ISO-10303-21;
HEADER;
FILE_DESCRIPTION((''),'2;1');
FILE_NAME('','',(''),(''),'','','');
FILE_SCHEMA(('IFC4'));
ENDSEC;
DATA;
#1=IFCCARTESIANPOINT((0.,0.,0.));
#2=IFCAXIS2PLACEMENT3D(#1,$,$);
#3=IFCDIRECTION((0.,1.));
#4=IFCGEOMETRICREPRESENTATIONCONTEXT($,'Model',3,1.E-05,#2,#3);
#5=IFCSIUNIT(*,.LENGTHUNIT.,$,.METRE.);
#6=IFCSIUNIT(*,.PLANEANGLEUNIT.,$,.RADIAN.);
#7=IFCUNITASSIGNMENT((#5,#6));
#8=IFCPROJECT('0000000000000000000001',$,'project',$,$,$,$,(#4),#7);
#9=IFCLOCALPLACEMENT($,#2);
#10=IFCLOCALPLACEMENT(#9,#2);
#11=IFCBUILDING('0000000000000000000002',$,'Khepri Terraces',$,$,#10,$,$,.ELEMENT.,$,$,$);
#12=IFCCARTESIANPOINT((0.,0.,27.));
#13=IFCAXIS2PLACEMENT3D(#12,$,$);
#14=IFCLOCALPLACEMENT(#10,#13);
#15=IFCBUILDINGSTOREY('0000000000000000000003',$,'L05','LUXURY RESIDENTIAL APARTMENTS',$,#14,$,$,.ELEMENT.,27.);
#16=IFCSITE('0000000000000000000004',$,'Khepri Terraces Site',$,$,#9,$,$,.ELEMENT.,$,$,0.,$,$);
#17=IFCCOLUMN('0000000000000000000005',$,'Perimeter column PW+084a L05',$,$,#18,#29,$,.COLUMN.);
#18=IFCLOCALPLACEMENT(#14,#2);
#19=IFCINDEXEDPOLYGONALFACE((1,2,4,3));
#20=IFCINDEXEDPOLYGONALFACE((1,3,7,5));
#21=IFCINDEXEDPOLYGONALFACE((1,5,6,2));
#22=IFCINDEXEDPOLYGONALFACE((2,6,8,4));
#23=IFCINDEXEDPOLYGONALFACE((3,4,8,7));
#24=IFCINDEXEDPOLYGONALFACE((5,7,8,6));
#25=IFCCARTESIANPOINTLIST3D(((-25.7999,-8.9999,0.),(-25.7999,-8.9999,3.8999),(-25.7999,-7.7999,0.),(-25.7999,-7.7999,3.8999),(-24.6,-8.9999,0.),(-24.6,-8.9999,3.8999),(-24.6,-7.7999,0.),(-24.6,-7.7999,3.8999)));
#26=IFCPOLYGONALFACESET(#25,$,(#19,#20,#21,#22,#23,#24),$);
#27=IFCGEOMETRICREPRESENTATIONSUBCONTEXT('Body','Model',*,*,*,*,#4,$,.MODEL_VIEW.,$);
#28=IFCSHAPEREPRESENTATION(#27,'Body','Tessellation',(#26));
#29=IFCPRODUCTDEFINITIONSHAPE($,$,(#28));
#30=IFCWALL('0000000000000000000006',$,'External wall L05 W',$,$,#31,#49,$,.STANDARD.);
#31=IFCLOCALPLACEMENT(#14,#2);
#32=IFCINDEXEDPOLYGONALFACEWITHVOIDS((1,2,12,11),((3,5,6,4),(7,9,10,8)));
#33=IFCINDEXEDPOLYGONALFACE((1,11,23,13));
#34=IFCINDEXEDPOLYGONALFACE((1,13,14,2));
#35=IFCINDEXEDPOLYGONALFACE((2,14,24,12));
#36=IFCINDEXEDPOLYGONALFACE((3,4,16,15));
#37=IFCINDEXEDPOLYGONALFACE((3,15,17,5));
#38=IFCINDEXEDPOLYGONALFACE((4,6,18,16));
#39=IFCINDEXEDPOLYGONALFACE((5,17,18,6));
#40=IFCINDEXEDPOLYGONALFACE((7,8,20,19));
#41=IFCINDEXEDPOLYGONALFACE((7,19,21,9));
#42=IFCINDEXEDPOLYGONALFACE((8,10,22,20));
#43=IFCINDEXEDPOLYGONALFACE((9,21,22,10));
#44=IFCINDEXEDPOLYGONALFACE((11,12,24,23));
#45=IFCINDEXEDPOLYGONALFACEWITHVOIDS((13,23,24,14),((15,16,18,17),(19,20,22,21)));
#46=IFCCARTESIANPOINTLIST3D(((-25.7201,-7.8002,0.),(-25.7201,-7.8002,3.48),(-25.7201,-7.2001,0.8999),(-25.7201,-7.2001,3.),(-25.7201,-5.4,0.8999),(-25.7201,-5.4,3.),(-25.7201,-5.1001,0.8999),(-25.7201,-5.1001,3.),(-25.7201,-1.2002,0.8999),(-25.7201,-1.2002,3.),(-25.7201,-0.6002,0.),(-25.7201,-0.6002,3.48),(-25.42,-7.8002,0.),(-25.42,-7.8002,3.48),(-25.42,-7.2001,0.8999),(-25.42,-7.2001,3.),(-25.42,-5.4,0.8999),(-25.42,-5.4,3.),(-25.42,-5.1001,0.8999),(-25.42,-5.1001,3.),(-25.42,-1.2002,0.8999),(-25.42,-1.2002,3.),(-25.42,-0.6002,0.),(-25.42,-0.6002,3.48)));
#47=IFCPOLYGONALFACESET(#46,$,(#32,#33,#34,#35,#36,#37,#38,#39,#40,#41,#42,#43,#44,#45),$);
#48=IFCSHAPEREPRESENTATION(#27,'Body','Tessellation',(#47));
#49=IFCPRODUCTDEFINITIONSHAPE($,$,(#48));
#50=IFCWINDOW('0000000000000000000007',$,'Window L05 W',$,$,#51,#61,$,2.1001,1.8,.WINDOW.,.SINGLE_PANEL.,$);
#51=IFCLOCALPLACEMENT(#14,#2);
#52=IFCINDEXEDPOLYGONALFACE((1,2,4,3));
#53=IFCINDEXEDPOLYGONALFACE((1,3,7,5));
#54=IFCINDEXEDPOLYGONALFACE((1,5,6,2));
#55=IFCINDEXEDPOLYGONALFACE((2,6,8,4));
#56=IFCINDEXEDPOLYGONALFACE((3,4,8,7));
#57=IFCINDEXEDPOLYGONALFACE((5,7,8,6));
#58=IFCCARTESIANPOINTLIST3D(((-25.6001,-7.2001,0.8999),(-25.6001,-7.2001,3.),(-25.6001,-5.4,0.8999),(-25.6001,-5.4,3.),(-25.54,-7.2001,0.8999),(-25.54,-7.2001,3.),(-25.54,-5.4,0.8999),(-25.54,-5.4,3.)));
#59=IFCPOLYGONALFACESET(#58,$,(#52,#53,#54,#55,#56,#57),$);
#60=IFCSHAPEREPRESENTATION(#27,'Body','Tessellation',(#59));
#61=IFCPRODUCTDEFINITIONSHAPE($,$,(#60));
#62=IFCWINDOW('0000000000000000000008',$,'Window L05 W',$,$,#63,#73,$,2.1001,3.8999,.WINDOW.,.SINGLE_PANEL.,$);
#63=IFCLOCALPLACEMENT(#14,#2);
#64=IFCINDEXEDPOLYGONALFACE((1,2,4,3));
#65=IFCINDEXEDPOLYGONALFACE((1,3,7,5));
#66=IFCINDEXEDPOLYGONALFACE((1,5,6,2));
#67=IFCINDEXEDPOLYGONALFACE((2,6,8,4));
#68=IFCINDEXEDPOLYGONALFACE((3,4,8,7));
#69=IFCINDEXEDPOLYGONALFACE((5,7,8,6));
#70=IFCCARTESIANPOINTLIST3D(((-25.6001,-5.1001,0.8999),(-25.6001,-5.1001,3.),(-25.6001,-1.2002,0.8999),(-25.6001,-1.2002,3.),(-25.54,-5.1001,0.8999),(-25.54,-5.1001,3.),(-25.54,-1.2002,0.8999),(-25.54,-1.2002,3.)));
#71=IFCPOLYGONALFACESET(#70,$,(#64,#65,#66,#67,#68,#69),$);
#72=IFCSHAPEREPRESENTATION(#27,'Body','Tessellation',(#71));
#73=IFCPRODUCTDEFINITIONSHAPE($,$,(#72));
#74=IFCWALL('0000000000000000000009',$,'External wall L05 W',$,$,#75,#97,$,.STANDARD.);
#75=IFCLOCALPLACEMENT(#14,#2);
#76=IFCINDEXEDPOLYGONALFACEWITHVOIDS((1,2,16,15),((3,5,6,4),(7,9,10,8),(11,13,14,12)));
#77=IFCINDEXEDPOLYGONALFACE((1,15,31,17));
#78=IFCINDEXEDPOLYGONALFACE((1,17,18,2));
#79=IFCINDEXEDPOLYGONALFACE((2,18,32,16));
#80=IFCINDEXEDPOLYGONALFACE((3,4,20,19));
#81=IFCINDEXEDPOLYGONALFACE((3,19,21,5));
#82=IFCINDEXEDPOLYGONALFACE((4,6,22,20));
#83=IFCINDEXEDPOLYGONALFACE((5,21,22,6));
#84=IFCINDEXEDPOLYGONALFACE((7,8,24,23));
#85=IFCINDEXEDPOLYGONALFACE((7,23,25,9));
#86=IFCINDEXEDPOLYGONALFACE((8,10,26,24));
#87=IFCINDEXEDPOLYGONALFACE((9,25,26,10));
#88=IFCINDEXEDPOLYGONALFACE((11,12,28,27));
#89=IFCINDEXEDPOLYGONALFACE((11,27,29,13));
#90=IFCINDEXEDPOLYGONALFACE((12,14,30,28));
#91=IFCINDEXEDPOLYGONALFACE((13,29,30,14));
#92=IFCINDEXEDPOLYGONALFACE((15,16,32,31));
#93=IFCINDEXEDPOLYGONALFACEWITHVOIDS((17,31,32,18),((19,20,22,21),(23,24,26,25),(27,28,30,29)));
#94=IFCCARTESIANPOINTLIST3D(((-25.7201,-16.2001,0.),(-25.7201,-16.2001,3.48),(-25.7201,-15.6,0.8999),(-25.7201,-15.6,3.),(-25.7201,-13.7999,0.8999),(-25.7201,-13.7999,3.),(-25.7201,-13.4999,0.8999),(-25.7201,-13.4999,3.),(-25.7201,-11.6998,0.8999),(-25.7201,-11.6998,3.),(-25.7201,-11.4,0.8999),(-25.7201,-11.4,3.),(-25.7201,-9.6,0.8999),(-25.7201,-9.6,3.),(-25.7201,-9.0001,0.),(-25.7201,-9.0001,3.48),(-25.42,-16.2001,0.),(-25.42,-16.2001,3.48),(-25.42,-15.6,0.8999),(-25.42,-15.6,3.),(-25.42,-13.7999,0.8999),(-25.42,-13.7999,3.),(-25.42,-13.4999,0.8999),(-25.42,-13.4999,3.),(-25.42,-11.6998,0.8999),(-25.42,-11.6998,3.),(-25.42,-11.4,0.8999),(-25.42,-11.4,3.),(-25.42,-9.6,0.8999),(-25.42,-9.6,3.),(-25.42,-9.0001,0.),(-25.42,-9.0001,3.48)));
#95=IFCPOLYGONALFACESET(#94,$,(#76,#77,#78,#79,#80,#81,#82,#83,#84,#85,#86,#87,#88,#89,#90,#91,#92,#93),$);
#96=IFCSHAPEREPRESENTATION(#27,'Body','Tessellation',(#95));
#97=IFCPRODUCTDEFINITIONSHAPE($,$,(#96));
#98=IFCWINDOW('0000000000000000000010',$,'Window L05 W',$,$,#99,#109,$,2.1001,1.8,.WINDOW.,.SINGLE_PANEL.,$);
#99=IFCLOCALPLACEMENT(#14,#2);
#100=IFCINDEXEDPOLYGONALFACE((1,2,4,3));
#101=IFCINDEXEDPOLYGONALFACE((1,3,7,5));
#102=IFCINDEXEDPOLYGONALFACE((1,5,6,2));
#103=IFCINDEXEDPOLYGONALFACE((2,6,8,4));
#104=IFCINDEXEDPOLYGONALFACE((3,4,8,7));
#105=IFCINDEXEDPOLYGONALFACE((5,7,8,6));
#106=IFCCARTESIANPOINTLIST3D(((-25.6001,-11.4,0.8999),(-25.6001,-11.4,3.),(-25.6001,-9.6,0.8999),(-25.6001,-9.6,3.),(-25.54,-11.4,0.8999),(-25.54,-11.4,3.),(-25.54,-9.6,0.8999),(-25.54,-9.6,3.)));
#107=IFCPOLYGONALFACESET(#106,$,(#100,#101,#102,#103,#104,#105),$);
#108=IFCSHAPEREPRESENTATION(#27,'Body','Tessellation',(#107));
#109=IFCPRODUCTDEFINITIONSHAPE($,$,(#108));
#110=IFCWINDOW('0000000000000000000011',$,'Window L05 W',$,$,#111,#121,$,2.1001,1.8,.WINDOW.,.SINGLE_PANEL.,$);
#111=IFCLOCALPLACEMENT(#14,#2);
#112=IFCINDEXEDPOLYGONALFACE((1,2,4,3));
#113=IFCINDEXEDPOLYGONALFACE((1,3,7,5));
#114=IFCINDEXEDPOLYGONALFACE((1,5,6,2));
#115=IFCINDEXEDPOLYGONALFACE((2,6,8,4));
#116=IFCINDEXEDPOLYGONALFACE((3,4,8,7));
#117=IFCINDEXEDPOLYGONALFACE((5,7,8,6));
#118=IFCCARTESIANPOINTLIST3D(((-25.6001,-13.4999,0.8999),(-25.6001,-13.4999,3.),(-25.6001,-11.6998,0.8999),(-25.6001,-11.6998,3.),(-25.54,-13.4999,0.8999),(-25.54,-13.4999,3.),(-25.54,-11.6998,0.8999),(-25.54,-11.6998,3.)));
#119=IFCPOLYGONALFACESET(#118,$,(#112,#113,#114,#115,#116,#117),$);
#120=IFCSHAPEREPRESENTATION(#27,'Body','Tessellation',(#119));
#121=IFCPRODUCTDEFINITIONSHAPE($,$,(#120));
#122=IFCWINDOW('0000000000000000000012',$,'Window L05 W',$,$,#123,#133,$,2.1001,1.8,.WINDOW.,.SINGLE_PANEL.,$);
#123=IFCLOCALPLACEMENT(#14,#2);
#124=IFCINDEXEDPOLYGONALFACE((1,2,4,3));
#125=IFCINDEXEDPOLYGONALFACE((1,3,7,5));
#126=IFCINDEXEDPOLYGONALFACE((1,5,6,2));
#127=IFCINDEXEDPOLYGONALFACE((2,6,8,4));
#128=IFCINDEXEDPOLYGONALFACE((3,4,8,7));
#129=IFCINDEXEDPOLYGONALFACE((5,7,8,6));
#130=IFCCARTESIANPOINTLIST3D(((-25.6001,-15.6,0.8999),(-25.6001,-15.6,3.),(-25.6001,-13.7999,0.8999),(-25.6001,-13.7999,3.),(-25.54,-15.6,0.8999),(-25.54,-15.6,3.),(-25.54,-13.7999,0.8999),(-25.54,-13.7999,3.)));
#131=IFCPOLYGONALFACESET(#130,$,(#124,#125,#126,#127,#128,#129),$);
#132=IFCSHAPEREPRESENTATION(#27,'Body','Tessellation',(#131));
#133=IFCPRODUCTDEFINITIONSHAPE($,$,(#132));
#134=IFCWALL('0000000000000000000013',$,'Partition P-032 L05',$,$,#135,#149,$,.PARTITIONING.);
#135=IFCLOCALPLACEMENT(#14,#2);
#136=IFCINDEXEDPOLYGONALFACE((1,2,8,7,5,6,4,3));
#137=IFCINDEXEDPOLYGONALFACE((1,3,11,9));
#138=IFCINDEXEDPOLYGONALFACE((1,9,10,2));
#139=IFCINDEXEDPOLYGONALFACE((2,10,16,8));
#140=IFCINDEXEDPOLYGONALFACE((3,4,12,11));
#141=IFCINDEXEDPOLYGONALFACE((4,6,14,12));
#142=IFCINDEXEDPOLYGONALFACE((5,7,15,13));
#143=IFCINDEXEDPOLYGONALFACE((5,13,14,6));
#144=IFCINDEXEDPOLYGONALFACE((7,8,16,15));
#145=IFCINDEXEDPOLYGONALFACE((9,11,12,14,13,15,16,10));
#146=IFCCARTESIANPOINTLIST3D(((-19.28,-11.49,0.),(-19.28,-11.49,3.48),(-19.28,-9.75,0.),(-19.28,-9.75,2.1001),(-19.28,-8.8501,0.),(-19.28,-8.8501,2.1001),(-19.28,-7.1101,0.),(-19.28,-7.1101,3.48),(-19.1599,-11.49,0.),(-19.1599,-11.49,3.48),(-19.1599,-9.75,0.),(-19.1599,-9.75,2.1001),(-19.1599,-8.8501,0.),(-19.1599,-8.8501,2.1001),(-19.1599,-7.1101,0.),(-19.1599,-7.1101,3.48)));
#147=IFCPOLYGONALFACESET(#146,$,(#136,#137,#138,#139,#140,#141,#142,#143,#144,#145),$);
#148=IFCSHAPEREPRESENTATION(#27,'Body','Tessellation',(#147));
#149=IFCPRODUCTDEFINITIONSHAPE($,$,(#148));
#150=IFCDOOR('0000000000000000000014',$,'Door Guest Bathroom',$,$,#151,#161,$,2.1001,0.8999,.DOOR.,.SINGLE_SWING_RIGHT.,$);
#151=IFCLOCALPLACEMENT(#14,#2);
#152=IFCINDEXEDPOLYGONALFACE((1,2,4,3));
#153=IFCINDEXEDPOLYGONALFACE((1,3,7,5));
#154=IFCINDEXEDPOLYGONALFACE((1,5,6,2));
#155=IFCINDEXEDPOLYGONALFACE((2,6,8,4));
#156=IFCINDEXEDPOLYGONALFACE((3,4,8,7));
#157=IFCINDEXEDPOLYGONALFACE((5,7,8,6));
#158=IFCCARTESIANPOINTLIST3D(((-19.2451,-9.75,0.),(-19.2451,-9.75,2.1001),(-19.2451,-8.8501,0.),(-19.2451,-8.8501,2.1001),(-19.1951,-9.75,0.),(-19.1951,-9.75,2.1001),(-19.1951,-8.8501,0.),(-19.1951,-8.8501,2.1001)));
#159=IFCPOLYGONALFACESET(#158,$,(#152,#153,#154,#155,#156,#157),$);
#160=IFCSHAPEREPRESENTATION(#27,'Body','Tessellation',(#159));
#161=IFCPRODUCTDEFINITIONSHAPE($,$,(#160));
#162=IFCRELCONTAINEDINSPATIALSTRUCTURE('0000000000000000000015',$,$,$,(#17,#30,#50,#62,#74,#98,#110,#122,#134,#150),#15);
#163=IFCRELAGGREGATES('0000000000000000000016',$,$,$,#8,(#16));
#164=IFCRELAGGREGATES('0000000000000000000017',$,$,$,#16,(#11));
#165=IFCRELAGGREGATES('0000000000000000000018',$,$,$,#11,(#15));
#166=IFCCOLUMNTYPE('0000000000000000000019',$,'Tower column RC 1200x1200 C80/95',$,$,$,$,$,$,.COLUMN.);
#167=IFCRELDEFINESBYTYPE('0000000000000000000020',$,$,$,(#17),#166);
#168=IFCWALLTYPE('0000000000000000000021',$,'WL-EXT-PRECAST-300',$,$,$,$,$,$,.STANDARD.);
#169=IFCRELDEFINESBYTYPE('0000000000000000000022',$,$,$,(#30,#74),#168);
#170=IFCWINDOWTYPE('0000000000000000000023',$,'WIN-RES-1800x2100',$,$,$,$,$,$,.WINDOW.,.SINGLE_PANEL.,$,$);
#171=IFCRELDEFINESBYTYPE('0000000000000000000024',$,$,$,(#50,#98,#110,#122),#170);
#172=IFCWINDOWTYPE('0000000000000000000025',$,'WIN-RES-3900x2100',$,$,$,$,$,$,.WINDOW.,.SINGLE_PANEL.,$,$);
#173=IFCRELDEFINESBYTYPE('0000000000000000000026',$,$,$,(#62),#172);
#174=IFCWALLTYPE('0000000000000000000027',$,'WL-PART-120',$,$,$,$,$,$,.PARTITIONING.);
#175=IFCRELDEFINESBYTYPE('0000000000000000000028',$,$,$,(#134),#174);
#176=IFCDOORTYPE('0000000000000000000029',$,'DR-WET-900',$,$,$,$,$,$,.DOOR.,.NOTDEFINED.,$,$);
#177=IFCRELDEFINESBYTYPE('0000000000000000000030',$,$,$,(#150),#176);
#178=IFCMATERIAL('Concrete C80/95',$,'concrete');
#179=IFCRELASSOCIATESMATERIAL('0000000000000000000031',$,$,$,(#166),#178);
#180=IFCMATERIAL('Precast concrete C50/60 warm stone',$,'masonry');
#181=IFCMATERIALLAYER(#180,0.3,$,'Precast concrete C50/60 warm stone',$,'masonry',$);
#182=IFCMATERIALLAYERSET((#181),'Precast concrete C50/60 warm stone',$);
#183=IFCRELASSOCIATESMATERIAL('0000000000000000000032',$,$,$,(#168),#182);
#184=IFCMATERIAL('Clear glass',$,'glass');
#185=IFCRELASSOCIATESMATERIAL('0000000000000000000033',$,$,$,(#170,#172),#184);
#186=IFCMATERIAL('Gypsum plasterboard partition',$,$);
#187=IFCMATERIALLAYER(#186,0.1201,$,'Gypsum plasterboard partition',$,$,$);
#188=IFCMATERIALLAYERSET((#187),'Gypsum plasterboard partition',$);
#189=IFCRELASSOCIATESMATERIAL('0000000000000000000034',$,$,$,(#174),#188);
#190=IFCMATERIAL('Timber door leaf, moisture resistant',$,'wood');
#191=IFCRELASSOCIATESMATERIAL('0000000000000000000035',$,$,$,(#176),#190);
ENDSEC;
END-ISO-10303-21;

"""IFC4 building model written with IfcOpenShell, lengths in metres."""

from ifc_helpers import new_model, si_unit, direction, frame, frame_2d, origin, origin_2d, place, context, subcontext, project, spatial, rectangle, extrude, material, layer, layer_set, material_profile, profile_set, type_object, element, fill, save


model = new_model("IFC4")

# Units and contexts
model_context = context("Model", 3, precision=1e-05, world=origin(), true_north=direction((0.0, 1.0)))
body_context = subcontext(model_context, "Body", "Model", "MODEL_VIEW")
ifc_project = project(units=[si_unit("LENGTHUNIT", "METRE"), si_unit("PLANEANGLEUNIT", "RADIAN")], contexts=[model_context])

# Site, building, storey
site_placement = place(None, origin())
site = spatial("IfcSite", under=ifc_project, at=site_placement, Name="Khepri Terraces Site", CompositionType="ELEMENT", RefElevation=0.0)
building_placement = place(site_placement, origin())
building = spatial("IfcBuilding", under=site, at=building_placement, Name="Khepri Terraces", CompositionType="ELEMENT")
storey_placement = place(building_placement, frame((0.0, 0.0, 27.0)))
storey = spatial("IfcBuildingStorey", under=building, at=storey_placement, Name="L05", Description="LUXURY RESIDENTIAL APARTMENTS", CompositionType="ELEMENT", Elevation=27.0)

# Column
ifc_material_1 = material(Name="Concrete C80/95", Category="concrete")
ifc_material_profile = material_profile(ifc_material_1, rectangle(XDim=1.2, YDim=1.2, at=origin_2d()), Name="Concrete C80/95", Category="concrete")
ifc_profile_set = profile_set([ifc_material_profile], Name="Concrete C80/95")
column_type = type_object("IfcColumnType", Name="Tower column RC 1200x1200 C80/95", PredefinedType="COLUMN", material=ifc_profile_set)
column_placement = place(storey_placement, frame((-25.2, -8.3999, 0.0), z_axis=(0.0, 0.0, 1.0), x_axis=(1.0, 0.0, 0.0)))
element("IfcColumn", 1, at=column_placement, inside=storey, type_object=column_type, Name="Perimeter column PW+084a L05", PredefinedType="COLUMN", context=body_context, shape_type="SweptSolid", body=[
    extrude(rectangle(XDim=1.2, YDim=1.2, at=origin_2d()), origin(), (0.0, 0.0, 1.0), 3.8999),
])

# Walls, openings, windows
ifc_material_2 = material(Name="Precast concrete C50/60 warm stone", Category="masonry")
ifc_layer_1 = layer(ifc_material_2, 0.3, Name="Precast concrete C50/60 warm stone", Category="masonry")
ifc_layer_set_1 = layer_set([ifc_layer_1], Name="Precast concrete C50/60 warm stone")
wall_type_1 = type_object("IfcWallType", Name="WL-EXT-PRECAST-300", PredefinedType="STANDARD", material=ifc_layer_set_1)
wall_1_placement = place(storey_placement, frame((-25.5701, -0.6001, 0.0), z_axis=(0.0, 0.0, 1.0), x_axis=(0.0, -1.0, 0.0)))
wall_1 = element("IfcWall", 2, at=wall_1_placement, inside=storey, type_object=wall_type_1, Name="External wall L05 W", PredefinedType="STANDARD", context=body_context, shape_type="SweptSolid", body=[
    extrude(rectangle(XDim=7.2, YDim=0.3, at=frame_2d((3.6001, 0.0))), origin(), (0.0, 0.0, 1.0), 3.48),
])
opening_1_placement = place(wall_1_placement, frame((0.6001, 0.0, 0.8999)))
opening_1 = element("IfcOpeningElement", 3, at=opening_1_placement, cuts=wall_1, PredefinedType="OPENING", context=body_context, shape_type="SweptSolid", body=[
    extrude(rectangle(XDim=3.8999, YDim=2.1001, at=frame_2d((1.95, 1.05))), frame((0.0, 0.1602, 0.0), z_axis=(0.0, -1.0, 0.0), x_axis=(1.0, 0.0, 0.0)), (0.0, 0.0, 1.0), 0.3201),
])
opening_2_placement = place(wall_1_placement, frame((4.8, 0.0, 0.8999)))
opening_2 = element("IfcOpeningElement", 4, at=opening_2_placement, cuts=wall_1, PredefinedType="OPENING", context=body_context, shape_type="SweptSolid", body=[
    extrude(rectangle(XDim=1.8, YDim=2.1001, at=frame_2d((0.8999, 1.05))), frame((0.0, 0.1602, 0.0), z_axis=(0.0, -1.0, 0.0), x_axis=(1.0, 0.0, 0.0)), (0.0, 0.0, 1.0), 0.3201),
])
ifc_material_3 = material(Name="Clear glass", Category="glass")
window_type_1 = type_object("IfcWindowType", Name="WIN-RES-1800x2100", PartitioningType="SINGLE_PANEL", PredefinedType="WINDOW", material=ifc_material_3)
window_1_placement = place(opening_2_placement, origin())
window_1 = element("IfcWindow", 5, at=window_1_placement, inside=storey, type_object=window_type_1, Name="Window L05 W", OverallHeight=2.1001, OverallWidth=1.8, PartitioningType="SINGLE_PANEL", PredefinedType="WINDOW", context=body_context, shape_type="SweptSolid", body=[
    extrude(rectangle(XDim=1.8, YDim=2.1001, at=frame_2d((0.8999, 1.05))), frame((0.0, 0.03, 0.0), z_axis=(0.0, -1.0, 0.0), x_axis=(1.0, 0.0, 0.0)), (0.0, 0.0, 1.0), 0.0601),
])
fill(opening_2, window_1)
window_type_2 = type_object("IfcWindowType", Name="WIN-RES-3900x2100", PartitioningType="SINGLE_PANEL", PredefinedType="WINDOW", material=ifc_material_3)
window_2_placement = place(opening_1_placement, origin())
window_2 = element("IfcWindow", 6, at=window_2_placement, inside=storey, type_object=window_type_2, Name="Window L05 W", OverallHeight=2.1001, OverallWidth=3.8999, PartitioningType="SINGLE_PANEL", PredefinedType="WINDOW", context=body_context, shape_type="SweptSolid", body=[
    extrude(rectangle(XDim=3.8999, YDim=2.1001, at=frame_2d((1.95, 1.05))), frame((0.0, 0.03, 0.0), z_axis=(0.0, -1.0, 0.0), x_axis=(1.0, 0.0, 0.0)), (0.0, 0.0, 1.0), 0.0601),
])
fill(opening_1, window_2)
wall_2_placement = place(storey_placement, frame((-25.5701, -9.0, 0.0), z_axis=(0.0, 0.0, 1.0), x_axis=(0.0, -1.0, 0.0)))
wall_2 = element("IfcWall", 7, at=wall_2_placement, inside=storey, type_object=wall_type_1, Name="External wall L05 W", PredefinedType="STANDARD", context=body_context, shape_type="SweptSolid", body=[
    extrude(rectangle(XDim=7.2, YDim=0.3, at=frame_2d((3.6001, 0.0))), origin(), (0.0, 0.0, 1.0), 3.48),
])
opening_3_placement = place(wall_2_placement, frame((0.6001, 0.0, 0.8999)))
opening_3 = element("IfcOpeningElement", 8, at=opening_3_placement, cuts=wall_2, PredefinedType="OPENING", context=body_context, shape_type="SweptSolid", body=[
    extrude(rectangle(XDim=1.8, YDim=2.1001, at=frame_2d((0.8999, 1.05))), frame((0.0, 0.1602, 0.0), z_axis=(0.0, -1.0, 0.0), x_axis=(1.0, 0.0, 0.0)), (0.0, 0.0, 1.0), 0.3201),
])
opening_4_placement = place(wall_2_placement, frame((2.7, 0.0, 0.8999)))
opening_4 = element("IfcOpeningElement", 9, at=opening_4_placement, cuts=wall_2, PredefinedType="OPENING", context=body_context, shape_type="SweptSolid", body=[
    extrude(rectangle(XDim=1.8, YDim=2.1001, at=frame_2d((0.8999, 1.05))), frame((0.0, 0.1602, 0.0), z_axis=(0.0, -1.0, 0.0), x_axis=(1.0, 0.0, 0.0)), (0.0, 0.0, 1.0), 0.3201),
])
opening_5_placement = place(wall_2_placement, frame((4.8, 0.0, 0.8999)))
opening_5 = element("IfcOpeningElement", 10, at=opening_5_placement, cuts=wall_2, PredefinedType="OPENING", context=body_context, shape_type="SweptSolid", body=[
    extrude(rectangle(XDim=1.8, YDim=2.1001, at=frame_2d((0.8999, 1.05))), frame((0.0, 0.1602, 0.0), z_axis=(0.0, -1.0, 0.0), x_axis=(1.0, 0.0, 0.0)), (0.0, 0.0, 1.0), 0.3201),
])
window_3_placement = place(opening_3_placement, origin())
window_3 = element("IfcWindow", 11, at=window_3_placement, inside=storey, type_object=window_type_1, Name="Window L05 W", OverallHeight=2.1001, OverallWidth=1.8, PartitioningType="SINGLE_PANEL", PredefinedType="WINDOW", context=body_context, shape_type="SweptSolid", body=[
    extrude(rectangle(XDim=1.8, YDim=2.1001, at=frame_2d((0.8999, 1.05))), frame((0.0, 0.03, 0.0), z_axis=(0.0, -1.0, 0.0), x_axis=(1.0, 0.0, 0.0)), (0.0, 0.0, 1.0), 0.0601),
])
fill(opening_3, window_3)
window_4_placement = place(opening_4_placement, origin())
window_4 = element("IfcWindow", 12, at=window_4_placement, inside=storey, type_object=window_type_1, Name="Window L05 W", OverallHeight=2.1001, OverallWidth=1.8, PartitioningType="SINGLE_PANEL", PredefinedType="WINDOW", context=body_context, shape_type="SweptSolid", body=[
    extrude(rectangle(XDim=1.8, YDim=2.1001, at=frame_2d((0.8999, 1.05))), frame((0.0, 0.03, 0.0), z_axis=(0.0, -1.0, 0.0), x_axis=(1.0, 0.0, 0.0)), (0.0, 0.0, 1.0), 0.0601),
])
fill(opening_4, window_4)
window_5_placement = place(opening_5_placement, origin())
window_5 = element("IfcWindow", 13, at=window_5_placement, inside=storey, type_object=window_type_1, Name="Window L05 W", OverallHeight=2.1001, OverallWidth=1.8, PartitioningType="SINGLE_PANEL", PredefinedType="WINDOW", context=body_context, shape_type="SweptSolid", body=[
    extrude(rectangle(XDim=1.8, YDim=2.1001, at=frame_2d((0.8999, 1.05))), frame((0.0, 0.03, 0.0), z_axis=(0.0, -1.0, 0.0), x_axis=(1.0, 0.0, 0.0)), (0.0, 0.0, 1.0), 0.0601),
])
fill(opening_5, window_5)

# Wall, opening, door
ifc_material_4 = material(Name="Gypsum plasterboard partition")
ifc_layer_2 = layer(ifc_material_4, 0.1201, Name="Gypsum plasterboard partition")
ifc_layer_set_2 = layer_set([ifc_layer_2], Name="Gypsum plasterboard partition")
wall_type_2 = type_object("IfcWallType", Name="WL-PART-120", PredefinedType="PARTITIONING", material=ifc_layer_set_2)
wall_3_placement = place(storey_placement, frame((-19.22, -11.49, 0.0), z_axis=(0.0, 0.0, 1.0), x_axis=(0.0, 1.0, 0.0)))
wall_3 = element("IfcWall", 14, at=wall_3_placement, inside=storey, type_object=wall_type_2, Name="Partition P-032 L05", PredefinedType="PARTITIONING", context=body_context, shape_type="SweptSolid", body=[
    extrude(rectangle(XDim=4.3799, YDim=0.1201, at=frame_2d((2.1899, 0.0))), origin(), (0.0, 0.0, 1.0), 3.48),
])
opening_6_placement = place(wall_3_placement, frame((1.74, 0.0, 0.0)))
opening_6 = element("IfcOpeningElement", 15, at=opening_6_placement, cuts=wall_3, PredefinedType="OPENING", context=body_context, shape_type="SweptSolid", body=[
    extrude(rectangle(XDim=0.8999, YDim=2.1001, at=frame_2d((0.45, 1.05))), frame((0.0, 0.0701, 0.0), z_axis=(0.0, -1.0, 0.0), x_axis=(1.0, 0.0, 0.0)), (0.0, 0.0, 1.0), 0.1401),
])
ifc_material_5 = material(Name="Timber door leaf, moisture resistant", Category="wood")
door_type_1 = type_object("IfcDoorType", Name="DR-WET-900", OperationType="NOTDEFINED", PredefinedType="DOOR", material=ifc_material_5)
door_1_placement = place(opening_6_placement, frame((0.8999, 0.0, 0.0), z_axis=(0.0, 0.0, 1.0), x_axis=(-1.0, 0.0, 0.0)))
door_1 = element("IfcDoor", 16, at=door_1_placement, inside=storey, type_object=door_type_1, Name="Door Guest Bathroom", OperationType="SINGLE_SWING_RIGHT", OverallHeight=2.1001, OverallWidth=0.8999, PredefinedType="DOOR", context=body_context, shape_type="SweptSolid", body=[
    extrude(rectangle(XDim=0.8999, YDim=2.1001, at=frame_2d((0.45, 1.05))), frame((0.0, 0.0249, 0.0), z_axis=(0.0, -1.0, 0.0), x_axis=(1.0, 0.0, 0.0)), (0.0, 0.0, 1.0), 0.05),
])
fill(opening_6, door_1)

save(model, "model.ifc")
